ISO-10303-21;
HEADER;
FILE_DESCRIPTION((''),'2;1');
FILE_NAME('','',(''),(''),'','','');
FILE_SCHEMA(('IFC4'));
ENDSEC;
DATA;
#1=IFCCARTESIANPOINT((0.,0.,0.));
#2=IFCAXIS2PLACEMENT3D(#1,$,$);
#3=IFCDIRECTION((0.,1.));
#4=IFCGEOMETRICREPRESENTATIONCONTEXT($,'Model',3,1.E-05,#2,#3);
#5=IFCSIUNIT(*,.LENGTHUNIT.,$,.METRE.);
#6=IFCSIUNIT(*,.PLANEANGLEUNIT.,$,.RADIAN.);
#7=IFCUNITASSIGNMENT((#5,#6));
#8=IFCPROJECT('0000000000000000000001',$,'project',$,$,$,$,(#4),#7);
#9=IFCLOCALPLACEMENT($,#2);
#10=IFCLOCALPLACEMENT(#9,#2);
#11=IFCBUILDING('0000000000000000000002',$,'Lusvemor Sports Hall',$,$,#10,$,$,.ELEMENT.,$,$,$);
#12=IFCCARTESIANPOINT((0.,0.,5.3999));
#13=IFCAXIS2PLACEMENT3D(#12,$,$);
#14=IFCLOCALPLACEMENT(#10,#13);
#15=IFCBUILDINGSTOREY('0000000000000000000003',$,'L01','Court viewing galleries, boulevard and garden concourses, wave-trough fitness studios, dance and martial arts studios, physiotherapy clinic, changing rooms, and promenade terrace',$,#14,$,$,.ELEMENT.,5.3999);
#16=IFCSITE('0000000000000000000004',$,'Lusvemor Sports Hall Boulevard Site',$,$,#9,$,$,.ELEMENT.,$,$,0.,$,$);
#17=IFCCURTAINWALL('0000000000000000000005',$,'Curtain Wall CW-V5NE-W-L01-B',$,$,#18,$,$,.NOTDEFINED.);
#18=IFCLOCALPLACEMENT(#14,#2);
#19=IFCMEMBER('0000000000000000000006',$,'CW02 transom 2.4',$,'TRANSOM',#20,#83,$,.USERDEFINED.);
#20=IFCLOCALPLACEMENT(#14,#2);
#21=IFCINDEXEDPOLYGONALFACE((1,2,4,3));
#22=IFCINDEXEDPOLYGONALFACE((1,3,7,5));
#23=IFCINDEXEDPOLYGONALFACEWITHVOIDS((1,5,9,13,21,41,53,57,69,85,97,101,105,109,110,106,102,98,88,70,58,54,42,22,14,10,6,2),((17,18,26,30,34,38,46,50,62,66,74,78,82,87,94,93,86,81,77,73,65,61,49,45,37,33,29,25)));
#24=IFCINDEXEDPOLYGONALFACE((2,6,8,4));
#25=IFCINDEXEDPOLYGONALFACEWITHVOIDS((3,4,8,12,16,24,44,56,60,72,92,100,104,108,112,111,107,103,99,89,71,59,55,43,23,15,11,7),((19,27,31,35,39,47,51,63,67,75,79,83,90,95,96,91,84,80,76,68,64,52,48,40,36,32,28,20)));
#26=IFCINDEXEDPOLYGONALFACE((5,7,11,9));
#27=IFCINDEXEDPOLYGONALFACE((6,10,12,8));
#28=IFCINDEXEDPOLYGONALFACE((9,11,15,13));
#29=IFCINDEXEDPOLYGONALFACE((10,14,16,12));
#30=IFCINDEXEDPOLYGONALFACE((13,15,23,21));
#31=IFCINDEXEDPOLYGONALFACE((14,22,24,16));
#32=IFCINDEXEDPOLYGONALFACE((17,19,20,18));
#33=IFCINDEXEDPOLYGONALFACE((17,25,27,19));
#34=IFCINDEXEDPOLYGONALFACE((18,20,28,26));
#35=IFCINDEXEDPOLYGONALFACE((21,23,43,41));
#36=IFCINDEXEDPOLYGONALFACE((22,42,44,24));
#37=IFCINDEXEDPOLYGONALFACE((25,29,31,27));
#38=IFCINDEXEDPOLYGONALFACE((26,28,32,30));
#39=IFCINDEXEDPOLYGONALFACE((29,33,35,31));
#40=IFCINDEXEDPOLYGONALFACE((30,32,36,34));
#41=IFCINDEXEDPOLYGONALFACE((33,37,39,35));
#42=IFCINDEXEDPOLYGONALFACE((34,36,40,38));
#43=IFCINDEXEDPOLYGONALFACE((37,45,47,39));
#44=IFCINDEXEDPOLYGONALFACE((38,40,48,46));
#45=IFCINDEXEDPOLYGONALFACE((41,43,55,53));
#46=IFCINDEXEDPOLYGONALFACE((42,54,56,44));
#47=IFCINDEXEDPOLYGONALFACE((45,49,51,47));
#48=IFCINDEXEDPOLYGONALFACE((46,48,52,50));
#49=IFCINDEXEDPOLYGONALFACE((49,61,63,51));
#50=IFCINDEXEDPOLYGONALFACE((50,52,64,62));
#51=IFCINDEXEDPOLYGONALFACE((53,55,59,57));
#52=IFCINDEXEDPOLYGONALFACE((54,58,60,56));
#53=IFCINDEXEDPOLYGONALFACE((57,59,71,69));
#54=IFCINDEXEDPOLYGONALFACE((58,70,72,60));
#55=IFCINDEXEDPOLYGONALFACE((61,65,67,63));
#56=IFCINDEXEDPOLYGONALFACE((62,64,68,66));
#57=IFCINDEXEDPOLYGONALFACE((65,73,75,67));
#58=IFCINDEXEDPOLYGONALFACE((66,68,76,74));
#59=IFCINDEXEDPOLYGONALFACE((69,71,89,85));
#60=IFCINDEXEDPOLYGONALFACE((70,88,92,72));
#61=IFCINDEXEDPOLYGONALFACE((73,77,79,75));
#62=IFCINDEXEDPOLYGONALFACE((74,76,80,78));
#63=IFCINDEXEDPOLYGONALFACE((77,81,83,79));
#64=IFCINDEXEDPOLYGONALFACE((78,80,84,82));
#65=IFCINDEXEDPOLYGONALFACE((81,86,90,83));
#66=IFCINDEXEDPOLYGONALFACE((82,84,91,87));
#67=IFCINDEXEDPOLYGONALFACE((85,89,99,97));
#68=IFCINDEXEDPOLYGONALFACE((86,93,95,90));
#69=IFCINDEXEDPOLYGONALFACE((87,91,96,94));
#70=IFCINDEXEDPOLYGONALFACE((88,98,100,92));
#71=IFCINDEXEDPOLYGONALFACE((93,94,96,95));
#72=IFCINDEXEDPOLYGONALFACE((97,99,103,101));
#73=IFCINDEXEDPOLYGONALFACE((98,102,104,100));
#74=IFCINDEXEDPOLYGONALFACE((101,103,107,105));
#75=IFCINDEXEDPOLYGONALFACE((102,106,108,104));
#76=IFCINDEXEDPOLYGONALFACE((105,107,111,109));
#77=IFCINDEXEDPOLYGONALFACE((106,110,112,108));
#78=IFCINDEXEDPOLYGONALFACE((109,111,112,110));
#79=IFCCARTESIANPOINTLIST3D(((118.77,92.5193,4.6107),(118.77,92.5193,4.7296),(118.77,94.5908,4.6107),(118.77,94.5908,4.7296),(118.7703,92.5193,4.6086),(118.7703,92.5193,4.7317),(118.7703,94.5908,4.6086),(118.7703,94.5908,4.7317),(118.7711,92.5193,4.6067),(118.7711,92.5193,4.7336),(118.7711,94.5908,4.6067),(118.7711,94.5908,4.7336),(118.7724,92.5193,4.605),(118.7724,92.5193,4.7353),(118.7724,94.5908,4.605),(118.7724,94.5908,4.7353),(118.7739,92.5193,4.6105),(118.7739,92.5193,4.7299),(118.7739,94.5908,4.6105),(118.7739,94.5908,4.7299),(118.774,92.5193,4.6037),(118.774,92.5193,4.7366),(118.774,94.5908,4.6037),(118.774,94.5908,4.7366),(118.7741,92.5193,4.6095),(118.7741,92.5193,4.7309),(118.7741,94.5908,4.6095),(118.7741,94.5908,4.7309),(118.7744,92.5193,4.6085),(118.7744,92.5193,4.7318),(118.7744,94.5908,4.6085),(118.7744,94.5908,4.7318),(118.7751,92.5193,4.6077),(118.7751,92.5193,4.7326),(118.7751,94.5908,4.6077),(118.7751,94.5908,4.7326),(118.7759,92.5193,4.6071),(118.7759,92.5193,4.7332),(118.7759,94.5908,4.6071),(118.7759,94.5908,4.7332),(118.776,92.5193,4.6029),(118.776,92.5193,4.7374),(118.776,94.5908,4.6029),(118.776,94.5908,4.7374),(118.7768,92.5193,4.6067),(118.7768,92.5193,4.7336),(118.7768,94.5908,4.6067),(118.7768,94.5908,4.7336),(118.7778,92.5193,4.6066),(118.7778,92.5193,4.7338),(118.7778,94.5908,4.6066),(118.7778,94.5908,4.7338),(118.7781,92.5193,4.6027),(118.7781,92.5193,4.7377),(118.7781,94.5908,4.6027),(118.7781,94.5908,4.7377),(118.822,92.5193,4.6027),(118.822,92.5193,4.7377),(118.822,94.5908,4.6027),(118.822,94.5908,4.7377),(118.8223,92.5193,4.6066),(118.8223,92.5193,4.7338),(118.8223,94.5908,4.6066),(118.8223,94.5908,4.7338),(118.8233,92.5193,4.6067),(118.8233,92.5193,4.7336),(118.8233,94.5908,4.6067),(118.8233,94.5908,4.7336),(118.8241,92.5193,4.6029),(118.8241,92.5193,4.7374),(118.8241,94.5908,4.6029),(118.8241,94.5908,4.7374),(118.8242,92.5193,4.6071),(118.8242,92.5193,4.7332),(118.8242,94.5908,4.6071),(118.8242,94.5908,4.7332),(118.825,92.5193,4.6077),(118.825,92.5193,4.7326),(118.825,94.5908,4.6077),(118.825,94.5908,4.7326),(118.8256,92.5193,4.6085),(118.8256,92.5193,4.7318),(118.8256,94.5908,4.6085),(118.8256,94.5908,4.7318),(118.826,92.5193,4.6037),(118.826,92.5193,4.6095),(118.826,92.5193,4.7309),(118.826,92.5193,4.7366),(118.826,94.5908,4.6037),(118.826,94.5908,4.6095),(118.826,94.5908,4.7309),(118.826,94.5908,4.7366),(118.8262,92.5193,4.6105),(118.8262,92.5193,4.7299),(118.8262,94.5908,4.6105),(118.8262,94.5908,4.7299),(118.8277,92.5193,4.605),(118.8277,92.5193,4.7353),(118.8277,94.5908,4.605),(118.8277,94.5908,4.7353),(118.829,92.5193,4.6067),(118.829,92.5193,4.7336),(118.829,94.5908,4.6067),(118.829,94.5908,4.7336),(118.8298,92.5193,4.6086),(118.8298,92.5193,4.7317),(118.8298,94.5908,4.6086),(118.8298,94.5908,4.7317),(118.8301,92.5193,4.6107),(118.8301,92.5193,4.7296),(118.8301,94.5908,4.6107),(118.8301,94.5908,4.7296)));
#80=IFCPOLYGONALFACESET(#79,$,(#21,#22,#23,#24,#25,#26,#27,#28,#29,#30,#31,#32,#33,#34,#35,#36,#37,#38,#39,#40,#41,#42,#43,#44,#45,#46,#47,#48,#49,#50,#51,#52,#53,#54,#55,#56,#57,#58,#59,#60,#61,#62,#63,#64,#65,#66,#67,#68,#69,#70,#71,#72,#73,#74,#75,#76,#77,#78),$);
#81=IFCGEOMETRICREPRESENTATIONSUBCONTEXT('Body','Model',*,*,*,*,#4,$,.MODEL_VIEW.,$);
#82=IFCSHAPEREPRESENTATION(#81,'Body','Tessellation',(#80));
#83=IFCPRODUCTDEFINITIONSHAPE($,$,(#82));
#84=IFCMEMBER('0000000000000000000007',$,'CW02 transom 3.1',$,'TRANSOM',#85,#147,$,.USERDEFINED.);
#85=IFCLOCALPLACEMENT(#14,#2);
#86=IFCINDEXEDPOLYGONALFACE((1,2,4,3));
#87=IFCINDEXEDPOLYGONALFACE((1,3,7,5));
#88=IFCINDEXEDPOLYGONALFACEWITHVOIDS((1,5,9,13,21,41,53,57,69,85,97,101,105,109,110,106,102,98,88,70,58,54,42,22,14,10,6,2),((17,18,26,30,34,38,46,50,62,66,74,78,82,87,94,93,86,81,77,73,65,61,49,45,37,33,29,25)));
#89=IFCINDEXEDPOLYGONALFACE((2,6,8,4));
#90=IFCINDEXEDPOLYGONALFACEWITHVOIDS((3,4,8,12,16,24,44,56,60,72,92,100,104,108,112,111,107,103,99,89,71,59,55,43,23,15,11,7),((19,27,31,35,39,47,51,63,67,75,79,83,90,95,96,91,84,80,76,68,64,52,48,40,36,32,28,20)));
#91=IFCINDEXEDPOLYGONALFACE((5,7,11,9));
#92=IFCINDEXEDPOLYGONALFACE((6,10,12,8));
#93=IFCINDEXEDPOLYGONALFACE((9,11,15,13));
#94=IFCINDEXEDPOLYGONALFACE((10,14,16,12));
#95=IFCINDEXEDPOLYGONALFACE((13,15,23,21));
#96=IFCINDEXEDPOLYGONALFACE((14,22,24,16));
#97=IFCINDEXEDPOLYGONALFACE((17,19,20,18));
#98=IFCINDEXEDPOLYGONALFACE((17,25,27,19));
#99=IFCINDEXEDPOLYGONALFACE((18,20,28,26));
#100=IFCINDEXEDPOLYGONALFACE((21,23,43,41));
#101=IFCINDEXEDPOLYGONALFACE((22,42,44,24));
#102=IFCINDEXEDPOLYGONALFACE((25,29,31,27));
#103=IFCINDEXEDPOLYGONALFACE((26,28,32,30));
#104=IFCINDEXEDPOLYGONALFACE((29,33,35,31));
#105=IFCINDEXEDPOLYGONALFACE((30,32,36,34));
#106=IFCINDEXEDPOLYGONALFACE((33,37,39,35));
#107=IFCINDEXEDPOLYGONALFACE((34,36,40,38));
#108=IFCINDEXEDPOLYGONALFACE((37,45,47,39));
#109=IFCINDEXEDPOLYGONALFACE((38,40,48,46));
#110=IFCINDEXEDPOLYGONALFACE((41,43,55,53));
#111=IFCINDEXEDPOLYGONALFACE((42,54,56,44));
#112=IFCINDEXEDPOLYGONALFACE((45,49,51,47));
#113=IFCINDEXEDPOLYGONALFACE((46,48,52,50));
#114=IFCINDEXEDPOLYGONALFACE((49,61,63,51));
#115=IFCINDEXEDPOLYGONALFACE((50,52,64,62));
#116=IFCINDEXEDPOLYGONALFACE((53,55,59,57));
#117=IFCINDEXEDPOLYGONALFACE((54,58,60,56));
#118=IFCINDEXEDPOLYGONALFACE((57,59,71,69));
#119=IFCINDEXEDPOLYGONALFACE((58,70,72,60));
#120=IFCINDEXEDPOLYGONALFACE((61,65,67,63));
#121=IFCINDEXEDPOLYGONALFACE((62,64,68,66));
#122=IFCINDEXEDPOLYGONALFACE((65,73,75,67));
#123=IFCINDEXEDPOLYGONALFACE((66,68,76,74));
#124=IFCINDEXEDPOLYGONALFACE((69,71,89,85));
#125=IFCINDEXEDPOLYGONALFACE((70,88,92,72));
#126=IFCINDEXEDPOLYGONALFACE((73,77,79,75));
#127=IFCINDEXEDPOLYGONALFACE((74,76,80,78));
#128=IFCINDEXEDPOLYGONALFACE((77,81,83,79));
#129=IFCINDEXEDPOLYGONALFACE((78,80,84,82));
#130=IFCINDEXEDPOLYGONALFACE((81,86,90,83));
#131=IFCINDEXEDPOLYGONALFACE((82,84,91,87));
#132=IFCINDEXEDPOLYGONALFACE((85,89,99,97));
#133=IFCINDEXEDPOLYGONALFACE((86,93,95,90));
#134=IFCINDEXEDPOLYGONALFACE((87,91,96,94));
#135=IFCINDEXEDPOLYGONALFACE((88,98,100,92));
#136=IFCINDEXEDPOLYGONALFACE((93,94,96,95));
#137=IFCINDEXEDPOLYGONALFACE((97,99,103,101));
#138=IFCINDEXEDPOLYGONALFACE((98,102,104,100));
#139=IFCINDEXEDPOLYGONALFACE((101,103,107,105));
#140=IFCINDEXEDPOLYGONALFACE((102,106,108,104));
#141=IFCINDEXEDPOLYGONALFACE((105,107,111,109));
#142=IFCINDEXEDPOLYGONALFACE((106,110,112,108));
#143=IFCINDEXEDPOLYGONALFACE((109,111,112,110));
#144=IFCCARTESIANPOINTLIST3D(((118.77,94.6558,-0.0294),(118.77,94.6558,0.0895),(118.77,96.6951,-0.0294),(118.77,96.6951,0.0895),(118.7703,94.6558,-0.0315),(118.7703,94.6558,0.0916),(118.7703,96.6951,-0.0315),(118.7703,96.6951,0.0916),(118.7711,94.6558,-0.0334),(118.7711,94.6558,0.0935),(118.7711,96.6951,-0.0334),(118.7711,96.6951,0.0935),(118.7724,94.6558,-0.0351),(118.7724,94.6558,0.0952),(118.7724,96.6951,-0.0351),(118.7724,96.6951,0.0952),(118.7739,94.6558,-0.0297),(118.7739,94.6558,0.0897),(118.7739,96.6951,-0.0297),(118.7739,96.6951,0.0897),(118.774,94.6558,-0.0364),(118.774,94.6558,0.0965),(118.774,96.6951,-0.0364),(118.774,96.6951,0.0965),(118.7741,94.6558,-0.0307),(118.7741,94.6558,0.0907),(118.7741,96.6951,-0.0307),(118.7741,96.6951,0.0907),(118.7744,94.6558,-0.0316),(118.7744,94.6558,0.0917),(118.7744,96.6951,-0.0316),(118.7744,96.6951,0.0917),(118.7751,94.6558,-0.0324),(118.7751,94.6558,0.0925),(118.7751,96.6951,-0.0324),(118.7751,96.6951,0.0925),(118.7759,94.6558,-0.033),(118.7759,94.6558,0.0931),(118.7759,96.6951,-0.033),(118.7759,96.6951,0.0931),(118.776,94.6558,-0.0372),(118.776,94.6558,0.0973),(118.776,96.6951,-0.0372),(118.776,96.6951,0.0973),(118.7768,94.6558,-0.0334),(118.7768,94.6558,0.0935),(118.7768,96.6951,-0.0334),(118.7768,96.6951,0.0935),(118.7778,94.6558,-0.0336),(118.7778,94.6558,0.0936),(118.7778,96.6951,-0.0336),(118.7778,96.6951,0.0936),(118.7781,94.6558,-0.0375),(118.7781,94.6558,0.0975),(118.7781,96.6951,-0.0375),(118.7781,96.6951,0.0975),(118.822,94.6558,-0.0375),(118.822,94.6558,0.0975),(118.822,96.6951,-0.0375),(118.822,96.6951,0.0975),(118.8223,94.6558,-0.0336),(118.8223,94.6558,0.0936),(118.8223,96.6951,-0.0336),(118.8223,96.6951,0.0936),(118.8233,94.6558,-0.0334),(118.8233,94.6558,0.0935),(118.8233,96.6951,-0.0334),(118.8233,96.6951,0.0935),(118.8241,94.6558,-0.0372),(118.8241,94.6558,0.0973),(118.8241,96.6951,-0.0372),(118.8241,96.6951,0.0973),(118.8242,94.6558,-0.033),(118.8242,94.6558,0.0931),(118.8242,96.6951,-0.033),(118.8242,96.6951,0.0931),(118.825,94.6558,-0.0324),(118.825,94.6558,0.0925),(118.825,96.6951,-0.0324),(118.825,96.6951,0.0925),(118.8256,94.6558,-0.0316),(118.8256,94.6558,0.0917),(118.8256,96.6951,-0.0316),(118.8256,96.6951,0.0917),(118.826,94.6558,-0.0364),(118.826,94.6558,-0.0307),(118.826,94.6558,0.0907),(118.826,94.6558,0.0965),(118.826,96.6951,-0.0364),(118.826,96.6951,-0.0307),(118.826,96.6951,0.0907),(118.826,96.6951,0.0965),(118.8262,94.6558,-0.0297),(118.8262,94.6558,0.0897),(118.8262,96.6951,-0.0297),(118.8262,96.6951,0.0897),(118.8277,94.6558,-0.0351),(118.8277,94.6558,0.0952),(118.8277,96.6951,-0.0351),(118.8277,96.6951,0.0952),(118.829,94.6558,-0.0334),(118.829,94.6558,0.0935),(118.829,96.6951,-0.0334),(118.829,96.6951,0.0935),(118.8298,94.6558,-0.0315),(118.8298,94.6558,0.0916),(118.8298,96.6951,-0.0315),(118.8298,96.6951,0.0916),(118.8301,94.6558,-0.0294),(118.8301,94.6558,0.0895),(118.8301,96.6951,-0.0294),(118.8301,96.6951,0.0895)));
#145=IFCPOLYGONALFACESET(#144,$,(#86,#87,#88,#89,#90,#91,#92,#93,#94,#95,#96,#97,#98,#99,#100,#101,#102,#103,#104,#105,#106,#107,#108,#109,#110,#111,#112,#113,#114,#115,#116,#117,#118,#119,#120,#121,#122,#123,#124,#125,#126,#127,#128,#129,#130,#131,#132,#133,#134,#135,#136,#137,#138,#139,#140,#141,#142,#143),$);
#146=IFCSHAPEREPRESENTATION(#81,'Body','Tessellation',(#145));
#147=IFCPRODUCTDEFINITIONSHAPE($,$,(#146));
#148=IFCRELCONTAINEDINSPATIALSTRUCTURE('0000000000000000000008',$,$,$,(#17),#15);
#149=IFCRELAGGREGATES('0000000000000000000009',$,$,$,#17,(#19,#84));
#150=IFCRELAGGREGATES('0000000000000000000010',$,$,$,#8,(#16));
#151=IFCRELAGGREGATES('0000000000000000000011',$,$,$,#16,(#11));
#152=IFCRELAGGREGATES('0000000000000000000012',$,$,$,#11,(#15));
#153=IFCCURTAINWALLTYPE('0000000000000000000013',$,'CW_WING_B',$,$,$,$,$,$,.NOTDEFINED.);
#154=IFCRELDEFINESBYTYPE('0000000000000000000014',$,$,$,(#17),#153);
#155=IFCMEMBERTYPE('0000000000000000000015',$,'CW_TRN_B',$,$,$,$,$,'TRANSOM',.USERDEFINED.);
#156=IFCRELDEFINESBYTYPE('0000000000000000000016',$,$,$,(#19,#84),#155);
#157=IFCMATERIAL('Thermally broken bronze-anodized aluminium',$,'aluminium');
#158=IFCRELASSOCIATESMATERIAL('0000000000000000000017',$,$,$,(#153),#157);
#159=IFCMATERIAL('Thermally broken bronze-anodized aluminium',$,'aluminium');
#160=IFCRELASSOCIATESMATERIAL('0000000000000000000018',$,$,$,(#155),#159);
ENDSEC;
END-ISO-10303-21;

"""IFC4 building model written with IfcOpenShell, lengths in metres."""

from ifc_helpers import new_model, si_unit, direction, frame, origin, origin_2d, place, context, subcontext, project, spatial, hollow_rectangle, extrude, material, material_profile, profile_set, type_object, element, aggregate, save


model = new_model("IFC4")

# Units and contexts
model_context = context("Model", 3, precision=1e-05, world=origin(), true_north=direction((0.0, 1.0)))
body_context = subcontext(model_context, "Body", "Model", "MODEL_VIEW")
ifc_project = project(units=[si_unit("LENGTHUNIT", "METRE"), si_unit("PLANEANGLEUNIT", "RADIAN")], contexts=[model_context])

# Site, building, storey
site_placement = place(None, origin())
site = spatial("IfcSite", under=ifc_project, at=site_placement, Name="Lusvemor Sports Hall Boulevard Site", CompositionType="ELEMENT", RefElevation=0.0)
building_placement = place(site_placement, origin())
building = spatial("IfcBuilding", under=site, at=building_placement, Name="Lusvemor Sports Hall", CompositionType="ELEMENT")
storey_placement = place(building_placement, frame((0.0, 0.0, 5.3999)))
storey = spatial("IfcBuildingStorey", under=building, at=storey_placement, Name="L01", Description="Court viewing galleries, boulevard and garden concourses, wave-trough fitness studios, dance and martial arts studios, physiotherapy clinic, changing rooms, and promenade terrace", CompositionType="ELEMENT", Elevation=5.3999)

# Curtain wall
ifc_material_1 = material(Name="Thermally broken bronze-anodized aluminium", Category="aluminium")
curtain_wall_type = type_object("IfcCurtainWallType", Name="CW_WING_B", PredefinedType="NOTDEFINED", material=ifc_material_1)
curtain_wall_1_placement = place(storey_placement, origin())
curtain_wall_1 = element("IfcCurtainWall", 1, at=curtain_wall_1_placement, inside=storey, type_object=curtain_wall_type, Name="Curtain Wall CW-V5NE-W-L01-B", PredefinedType="NOTDEFINED")

# Members
ifc_material_2 = material(Name="Thermally broken bronze-anodized aluminium", Category="aluminium")
ifc_material_profile_1 = material_profile(ifc_material_2, hollow_rectangle(XDim=0.0601, YDim=0.135, WallThickness=0.0039, InnerFilletRadius=0.0039, OuterFilletRadius=0.0081, at=origin_2d()), Name="CWTRN135x60x4")
ifc_profile_set_1 = profile_set([ifc_material_profile_1], Name="Thermally broken bronze-anodized aluminium")
member_type_1 = type_object("IfcMemberType", Name="CW_TRN_B", ElementType="TRANSOM", PredefinedType="USERDEFINED", material=ifc_profile_set_1)
member_1_placement = place(storey_placement, frame((118.8, 92.5193, 4.6702), z_axis=(0.0, 1.0, 0.0), x_axis=(-1.0, 0.0, 0.0)))
member_1 = element("IfcMember", 2, at=member_1_placement, type_object=member_type_1, Name="CW02 transom 2.4", ObjectType="TRANSOM", PredefinedType="USERDEFINED", context=body_context, shape_type="SweptSolid", body=[
    extrude(hollow_rectangle(XDim=0.0601, YDim=0.135, WallThickness=0.0039, InnerFilletRadius=0.0039, OuterFilletRadius=0.0081, at=origin_2d()), origin(), (0.0, 0.0, 1.0), 2.0715),
])
member_2_placement = place(storey_placement, frame((118.8, 94.6558, 0.03), z_axis=(0.0, 1.0, 0.0), x_axis=(-1.0, 0.0, 0.0)))
member_2 = element("IfcMember", 3, at=member_2_placement, type_object=member_type_1, Name="CW02 transom 3.1", ObjectType="TRANSOM", PredefinedType="USERDEFINED", context=body_context, shape_type="SweptSolid", body=[
    extrude(hollow_rectangle(XDim=0.0601, YDim=0.135, WallThickness=0.0039, InnerFilletRadius=0.0039, OuterFilletRadius=0.0081, at=origin_2d()), origin(), (0.0, 0.0, 1.0), 2.0393),
])

aggregate(curtain_wall_1, [member_1, member_2])

save(model, "model.ifc")
